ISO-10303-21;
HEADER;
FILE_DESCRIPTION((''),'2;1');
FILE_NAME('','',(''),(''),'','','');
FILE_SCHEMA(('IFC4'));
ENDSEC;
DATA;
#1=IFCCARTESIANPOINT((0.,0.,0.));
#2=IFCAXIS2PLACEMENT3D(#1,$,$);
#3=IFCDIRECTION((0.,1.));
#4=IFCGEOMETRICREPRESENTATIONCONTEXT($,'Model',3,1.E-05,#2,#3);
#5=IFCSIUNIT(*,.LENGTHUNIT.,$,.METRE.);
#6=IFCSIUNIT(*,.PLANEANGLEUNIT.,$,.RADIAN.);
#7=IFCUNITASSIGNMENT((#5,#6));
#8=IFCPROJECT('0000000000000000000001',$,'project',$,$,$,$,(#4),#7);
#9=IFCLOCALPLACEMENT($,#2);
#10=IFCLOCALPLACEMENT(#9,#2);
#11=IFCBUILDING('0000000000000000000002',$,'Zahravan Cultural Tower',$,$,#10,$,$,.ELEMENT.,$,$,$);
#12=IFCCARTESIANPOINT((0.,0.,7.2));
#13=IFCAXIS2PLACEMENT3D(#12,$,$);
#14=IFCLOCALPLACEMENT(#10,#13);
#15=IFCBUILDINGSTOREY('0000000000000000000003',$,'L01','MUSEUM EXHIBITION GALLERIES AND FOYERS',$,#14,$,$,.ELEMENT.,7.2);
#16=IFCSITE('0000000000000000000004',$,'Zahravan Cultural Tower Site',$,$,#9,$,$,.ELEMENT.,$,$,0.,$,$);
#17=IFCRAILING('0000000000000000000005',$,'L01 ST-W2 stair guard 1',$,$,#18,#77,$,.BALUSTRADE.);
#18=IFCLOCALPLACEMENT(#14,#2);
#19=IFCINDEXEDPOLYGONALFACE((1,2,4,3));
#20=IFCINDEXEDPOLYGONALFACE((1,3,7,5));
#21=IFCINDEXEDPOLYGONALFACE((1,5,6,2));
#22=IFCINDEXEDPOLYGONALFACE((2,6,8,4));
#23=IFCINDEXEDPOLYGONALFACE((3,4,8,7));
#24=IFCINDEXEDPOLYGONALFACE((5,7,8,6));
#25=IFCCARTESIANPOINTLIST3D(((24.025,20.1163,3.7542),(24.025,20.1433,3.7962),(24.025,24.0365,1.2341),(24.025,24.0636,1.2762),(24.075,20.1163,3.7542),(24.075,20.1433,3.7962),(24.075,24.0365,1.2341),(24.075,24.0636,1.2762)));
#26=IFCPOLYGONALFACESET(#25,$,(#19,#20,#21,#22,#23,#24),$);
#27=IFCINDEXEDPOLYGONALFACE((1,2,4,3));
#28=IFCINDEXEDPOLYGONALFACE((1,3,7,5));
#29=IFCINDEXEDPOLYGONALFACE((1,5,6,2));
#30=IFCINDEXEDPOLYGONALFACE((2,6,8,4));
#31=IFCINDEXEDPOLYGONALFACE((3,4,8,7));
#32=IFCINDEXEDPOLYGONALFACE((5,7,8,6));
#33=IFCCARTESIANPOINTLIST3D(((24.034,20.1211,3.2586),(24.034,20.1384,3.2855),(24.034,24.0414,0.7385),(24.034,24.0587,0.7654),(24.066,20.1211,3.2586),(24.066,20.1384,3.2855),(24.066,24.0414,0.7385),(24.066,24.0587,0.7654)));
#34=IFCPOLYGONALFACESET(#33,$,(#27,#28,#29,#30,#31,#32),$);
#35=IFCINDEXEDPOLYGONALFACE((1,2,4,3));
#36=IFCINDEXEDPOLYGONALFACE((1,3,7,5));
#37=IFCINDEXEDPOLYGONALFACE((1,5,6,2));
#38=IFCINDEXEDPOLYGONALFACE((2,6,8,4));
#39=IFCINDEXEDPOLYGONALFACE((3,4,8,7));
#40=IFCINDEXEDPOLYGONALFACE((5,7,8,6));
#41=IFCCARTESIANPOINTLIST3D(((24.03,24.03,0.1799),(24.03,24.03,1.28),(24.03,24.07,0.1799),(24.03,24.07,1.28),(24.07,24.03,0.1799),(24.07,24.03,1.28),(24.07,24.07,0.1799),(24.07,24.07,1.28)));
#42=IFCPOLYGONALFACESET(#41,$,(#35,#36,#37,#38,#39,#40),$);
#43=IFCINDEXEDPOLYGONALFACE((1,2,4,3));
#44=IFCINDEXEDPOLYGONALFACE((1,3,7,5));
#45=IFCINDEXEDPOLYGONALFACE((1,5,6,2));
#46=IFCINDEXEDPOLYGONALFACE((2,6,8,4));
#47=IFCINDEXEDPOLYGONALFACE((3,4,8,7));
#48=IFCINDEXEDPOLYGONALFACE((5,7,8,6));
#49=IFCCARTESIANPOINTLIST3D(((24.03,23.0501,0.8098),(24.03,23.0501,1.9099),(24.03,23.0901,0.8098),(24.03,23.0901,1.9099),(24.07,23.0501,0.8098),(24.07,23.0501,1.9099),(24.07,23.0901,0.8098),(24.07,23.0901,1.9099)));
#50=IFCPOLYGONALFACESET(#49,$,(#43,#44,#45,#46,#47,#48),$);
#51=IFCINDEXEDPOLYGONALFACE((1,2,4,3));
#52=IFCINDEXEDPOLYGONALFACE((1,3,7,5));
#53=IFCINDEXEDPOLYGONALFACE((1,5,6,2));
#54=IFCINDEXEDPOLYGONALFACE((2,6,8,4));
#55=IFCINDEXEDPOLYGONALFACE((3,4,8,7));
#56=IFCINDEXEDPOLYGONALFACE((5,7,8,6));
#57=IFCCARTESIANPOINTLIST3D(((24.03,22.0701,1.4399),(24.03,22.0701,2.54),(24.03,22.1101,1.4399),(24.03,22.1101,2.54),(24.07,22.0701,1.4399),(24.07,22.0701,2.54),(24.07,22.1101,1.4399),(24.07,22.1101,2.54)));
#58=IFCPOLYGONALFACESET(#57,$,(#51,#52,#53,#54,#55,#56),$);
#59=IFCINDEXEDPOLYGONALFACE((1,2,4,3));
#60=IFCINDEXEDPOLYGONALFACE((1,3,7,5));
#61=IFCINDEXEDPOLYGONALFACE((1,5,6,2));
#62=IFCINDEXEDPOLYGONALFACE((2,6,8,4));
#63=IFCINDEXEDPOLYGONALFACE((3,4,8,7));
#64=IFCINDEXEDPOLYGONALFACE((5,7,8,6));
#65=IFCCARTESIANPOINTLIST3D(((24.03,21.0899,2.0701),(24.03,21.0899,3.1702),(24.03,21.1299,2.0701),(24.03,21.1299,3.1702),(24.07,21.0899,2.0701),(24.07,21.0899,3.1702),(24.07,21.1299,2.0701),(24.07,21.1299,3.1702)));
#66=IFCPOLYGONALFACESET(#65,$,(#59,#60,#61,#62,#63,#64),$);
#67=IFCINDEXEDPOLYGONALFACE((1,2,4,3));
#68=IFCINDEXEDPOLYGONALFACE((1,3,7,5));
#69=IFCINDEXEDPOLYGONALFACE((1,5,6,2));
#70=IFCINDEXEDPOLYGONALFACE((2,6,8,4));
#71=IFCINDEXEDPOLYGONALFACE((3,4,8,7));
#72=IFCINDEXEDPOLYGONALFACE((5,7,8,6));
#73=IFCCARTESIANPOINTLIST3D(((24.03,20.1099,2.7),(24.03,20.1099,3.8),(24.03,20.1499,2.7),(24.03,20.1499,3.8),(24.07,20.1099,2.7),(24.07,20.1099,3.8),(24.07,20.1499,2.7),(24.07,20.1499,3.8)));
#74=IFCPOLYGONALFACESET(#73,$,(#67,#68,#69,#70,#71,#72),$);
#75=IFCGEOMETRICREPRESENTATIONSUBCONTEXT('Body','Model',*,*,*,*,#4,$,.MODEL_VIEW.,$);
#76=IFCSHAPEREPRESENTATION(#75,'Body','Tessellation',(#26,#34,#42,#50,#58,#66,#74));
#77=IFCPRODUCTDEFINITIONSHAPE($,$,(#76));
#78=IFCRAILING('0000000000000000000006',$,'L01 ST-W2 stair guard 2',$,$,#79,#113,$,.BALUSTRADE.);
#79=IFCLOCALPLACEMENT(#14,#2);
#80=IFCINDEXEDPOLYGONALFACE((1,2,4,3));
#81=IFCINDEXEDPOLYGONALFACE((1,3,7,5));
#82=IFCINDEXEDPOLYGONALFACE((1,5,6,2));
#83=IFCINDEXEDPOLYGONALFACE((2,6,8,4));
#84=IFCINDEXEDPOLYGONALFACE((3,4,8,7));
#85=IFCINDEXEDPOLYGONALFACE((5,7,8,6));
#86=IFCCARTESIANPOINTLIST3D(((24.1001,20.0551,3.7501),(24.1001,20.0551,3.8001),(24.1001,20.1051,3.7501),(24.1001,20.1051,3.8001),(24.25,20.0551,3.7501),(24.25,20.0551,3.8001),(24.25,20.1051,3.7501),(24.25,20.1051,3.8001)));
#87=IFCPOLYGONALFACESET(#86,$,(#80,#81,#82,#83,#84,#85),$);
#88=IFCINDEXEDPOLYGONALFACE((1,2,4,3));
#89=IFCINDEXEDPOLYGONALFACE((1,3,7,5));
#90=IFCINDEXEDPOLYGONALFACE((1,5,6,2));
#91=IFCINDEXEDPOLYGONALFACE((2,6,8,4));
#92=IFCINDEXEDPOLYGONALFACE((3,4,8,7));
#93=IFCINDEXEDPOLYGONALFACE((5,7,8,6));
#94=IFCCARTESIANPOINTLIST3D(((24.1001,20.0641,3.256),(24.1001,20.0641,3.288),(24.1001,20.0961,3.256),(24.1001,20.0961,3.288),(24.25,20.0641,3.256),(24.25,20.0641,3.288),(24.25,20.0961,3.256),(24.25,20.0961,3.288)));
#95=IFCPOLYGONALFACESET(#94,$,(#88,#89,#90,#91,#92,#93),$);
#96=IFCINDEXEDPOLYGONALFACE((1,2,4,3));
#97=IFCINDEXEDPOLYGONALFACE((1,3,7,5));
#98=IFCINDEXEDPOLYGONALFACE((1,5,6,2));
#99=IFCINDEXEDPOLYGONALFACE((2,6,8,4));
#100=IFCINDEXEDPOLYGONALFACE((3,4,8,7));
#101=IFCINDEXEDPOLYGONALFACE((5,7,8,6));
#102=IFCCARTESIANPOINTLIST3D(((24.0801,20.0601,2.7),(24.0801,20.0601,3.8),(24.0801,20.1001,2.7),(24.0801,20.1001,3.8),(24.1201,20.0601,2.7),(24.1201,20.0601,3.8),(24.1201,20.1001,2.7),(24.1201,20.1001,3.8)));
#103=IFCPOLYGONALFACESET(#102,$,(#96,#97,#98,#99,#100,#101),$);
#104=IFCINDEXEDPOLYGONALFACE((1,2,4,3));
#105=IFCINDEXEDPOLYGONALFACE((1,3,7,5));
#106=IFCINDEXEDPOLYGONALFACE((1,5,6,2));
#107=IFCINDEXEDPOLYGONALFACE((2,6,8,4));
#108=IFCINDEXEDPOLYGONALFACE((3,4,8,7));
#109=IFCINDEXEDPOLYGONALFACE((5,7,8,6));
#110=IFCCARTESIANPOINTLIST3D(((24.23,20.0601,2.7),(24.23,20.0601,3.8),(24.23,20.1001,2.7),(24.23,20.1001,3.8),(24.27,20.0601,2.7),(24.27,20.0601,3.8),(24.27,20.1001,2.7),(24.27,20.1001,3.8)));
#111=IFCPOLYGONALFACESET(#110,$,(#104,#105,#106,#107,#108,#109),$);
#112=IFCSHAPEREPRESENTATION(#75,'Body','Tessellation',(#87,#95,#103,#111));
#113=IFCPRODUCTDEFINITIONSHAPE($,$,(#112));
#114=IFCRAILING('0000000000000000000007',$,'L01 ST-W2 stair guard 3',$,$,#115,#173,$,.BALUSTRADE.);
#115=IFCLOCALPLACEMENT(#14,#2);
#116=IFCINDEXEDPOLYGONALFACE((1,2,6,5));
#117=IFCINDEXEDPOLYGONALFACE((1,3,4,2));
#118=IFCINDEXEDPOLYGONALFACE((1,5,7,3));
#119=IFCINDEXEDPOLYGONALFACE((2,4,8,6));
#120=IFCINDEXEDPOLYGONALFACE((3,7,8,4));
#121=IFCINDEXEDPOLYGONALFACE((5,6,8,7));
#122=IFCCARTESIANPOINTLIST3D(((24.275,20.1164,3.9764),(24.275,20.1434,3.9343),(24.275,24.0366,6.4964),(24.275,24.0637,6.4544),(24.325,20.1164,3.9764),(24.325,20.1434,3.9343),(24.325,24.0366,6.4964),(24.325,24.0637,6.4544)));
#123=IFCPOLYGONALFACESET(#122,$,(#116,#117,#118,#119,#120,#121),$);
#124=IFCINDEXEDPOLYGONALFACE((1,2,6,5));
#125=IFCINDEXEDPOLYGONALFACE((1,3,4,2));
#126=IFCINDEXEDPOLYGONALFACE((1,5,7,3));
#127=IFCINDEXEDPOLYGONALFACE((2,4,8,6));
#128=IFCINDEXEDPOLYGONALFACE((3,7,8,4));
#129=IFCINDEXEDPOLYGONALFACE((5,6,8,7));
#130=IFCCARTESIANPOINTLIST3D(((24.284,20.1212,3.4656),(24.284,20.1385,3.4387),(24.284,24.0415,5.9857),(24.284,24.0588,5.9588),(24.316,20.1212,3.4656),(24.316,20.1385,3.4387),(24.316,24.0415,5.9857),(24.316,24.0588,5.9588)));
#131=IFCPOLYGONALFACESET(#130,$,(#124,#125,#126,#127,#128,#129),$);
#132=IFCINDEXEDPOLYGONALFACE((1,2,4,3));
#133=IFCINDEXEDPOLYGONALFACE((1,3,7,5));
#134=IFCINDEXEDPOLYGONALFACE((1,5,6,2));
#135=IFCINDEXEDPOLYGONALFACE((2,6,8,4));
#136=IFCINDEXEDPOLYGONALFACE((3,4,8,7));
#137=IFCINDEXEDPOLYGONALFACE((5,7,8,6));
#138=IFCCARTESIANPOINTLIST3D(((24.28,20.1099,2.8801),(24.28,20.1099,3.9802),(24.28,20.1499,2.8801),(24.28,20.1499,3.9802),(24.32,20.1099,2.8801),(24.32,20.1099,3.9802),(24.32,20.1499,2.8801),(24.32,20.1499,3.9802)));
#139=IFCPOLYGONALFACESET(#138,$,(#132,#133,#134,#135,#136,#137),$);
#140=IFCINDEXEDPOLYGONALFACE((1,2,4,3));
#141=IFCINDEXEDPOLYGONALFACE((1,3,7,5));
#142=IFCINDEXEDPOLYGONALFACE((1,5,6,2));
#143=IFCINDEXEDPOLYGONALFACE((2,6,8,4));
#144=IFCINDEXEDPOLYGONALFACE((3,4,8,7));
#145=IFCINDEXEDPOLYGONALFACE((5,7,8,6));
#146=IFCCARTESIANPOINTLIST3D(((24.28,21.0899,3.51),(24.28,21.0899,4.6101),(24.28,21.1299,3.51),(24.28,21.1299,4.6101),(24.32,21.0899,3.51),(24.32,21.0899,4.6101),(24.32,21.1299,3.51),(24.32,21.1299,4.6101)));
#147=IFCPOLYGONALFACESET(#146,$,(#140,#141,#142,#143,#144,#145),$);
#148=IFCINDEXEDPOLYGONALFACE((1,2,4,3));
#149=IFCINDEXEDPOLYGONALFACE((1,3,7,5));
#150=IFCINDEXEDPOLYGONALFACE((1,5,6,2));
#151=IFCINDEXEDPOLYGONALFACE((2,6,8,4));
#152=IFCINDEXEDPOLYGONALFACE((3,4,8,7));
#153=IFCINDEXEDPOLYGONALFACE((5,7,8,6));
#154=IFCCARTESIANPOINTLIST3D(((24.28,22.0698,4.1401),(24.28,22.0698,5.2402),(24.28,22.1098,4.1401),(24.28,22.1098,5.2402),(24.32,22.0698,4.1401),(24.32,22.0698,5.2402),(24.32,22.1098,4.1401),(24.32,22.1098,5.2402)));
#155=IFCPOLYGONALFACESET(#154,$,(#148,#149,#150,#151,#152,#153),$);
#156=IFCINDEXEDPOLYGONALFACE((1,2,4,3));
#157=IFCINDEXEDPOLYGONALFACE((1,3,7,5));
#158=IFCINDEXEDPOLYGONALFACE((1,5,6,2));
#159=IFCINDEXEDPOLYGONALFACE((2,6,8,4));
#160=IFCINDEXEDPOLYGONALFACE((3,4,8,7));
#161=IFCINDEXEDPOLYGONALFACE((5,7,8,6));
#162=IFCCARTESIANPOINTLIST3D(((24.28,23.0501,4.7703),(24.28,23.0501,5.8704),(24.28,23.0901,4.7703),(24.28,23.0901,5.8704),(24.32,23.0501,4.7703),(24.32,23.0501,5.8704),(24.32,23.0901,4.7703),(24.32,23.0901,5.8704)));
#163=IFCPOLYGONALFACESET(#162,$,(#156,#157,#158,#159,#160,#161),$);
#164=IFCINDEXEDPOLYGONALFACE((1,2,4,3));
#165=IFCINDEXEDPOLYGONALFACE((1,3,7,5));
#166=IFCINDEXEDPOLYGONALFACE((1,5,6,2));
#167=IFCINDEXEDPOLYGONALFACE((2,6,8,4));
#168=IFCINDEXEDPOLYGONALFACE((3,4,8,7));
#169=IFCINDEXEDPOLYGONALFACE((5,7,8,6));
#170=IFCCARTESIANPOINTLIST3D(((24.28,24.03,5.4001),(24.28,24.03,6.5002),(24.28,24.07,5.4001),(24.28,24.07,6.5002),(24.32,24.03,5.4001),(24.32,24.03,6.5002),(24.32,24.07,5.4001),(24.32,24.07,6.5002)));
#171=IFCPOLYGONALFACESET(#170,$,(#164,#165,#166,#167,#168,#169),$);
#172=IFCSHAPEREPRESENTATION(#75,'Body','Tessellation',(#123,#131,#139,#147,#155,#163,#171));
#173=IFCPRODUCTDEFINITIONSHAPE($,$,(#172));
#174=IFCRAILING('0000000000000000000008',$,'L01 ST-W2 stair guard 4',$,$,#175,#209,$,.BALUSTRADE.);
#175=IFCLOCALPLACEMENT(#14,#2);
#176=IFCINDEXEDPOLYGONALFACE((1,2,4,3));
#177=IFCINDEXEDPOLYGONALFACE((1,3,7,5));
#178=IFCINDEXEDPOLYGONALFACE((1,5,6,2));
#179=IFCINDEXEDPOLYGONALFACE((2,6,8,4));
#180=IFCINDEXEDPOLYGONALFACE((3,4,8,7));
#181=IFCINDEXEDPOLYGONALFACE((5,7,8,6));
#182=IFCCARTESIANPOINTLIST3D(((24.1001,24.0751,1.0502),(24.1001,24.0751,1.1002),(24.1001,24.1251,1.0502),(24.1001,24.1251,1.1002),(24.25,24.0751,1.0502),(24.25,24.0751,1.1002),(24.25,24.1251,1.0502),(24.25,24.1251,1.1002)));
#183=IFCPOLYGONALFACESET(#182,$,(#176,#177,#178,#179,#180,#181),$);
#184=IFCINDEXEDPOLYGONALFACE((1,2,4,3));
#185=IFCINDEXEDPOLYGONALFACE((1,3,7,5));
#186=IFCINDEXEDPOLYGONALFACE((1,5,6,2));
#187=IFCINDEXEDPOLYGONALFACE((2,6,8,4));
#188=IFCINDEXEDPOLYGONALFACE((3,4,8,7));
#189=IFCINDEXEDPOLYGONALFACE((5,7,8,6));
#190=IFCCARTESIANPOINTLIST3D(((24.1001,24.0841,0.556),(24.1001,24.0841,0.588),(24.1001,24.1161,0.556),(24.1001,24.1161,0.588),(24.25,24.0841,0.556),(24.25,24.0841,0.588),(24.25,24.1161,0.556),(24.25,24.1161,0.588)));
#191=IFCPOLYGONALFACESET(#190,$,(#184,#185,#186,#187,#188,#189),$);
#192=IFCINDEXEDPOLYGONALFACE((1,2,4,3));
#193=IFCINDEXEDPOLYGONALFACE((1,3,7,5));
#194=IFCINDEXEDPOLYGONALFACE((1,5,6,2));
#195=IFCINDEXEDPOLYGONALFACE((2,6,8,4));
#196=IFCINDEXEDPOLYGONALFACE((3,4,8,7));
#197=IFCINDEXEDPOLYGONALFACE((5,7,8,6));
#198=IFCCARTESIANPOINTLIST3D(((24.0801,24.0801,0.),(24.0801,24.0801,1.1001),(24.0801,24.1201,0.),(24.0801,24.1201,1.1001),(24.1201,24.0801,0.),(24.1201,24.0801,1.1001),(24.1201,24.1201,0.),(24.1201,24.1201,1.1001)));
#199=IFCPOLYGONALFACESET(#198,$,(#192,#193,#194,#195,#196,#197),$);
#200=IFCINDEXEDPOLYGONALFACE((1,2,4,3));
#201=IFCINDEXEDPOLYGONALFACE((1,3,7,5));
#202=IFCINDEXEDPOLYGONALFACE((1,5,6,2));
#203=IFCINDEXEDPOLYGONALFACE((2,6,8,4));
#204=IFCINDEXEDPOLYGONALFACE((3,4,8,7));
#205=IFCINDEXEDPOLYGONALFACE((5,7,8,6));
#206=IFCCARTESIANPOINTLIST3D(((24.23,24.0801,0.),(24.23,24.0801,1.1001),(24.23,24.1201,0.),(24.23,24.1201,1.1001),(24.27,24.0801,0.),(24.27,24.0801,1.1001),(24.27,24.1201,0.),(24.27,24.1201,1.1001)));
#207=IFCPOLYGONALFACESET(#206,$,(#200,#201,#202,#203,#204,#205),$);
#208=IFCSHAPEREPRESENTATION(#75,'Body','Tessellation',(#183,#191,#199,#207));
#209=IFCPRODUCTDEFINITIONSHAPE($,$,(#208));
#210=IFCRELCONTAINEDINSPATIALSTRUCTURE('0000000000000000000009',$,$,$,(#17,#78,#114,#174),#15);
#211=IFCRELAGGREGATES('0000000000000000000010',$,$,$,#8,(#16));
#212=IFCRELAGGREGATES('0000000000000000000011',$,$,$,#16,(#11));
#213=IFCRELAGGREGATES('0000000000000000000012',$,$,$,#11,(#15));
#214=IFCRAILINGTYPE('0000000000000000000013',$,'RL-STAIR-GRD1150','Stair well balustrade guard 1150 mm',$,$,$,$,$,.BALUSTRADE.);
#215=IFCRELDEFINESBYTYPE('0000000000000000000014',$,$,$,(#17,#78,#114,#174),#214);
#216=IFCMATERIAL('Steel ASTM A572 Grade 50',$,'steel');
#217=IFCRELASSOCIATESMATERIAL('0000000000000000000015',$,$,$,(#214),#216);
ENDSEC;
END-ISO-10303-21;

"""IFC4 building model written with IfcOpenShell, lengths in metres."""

from ifc_helpers import new_model, si_unit, direction, frame, origin, origin_2d, place, context, subcontext, project, spatial, rectangle, extrude, material, type_object, element, save


model = new_model("IFC4")

# Units and contexts
model_context = context("Model", 3, precision=1e-05, world=origin(), true_north=direction((0.0, 1.0)))
body_context = subcontext(model_context, "Body", "Model", "MODEL_VIEW")
ifc_project = project(units=[si_unit("LENGTHUNIT", "METRE"), si_unit("PLANEANGLEUNIT", "RADIAN")], contexts=[model_context])

# Site, building, storey
site_placement = place(None, origin())
site = spatial("IfcSite", under=ifc_project, at=site_placement, Name="Zahravan Cultural Tower Site", CompositionType="ELEMENT", RefElevation=0.0)
building_placement = place(site_placement, origin())
building = spatial("IfcBuilding", under=site, at=building_placement, Name="Zahravan Cultural Tower", CompositionType="ELEMENT")
storey_placement = place(building_placement, frame((0.0, 0.0, 7.2)))
storey = spatial("IfcBuildingStorey", under=building, at=storey_placement, Name="L01", Description="MUSEUM EXHIBITION GALLERIES AND FOYERS", CompositionType="ELEMENT", Elevation=7.2)

# Shared definitions
ifc_material_1 = material(Name="Steel ASTM A572 Grade 50", Category="steel")

# Railings
railing_type_1 = type_object("IfcRailingType", Name="RL-STAIR-GRD1150", Description="Stair well balustrade guard 1150 mm", PredefinedType="BALUSTRADE", material=ifc_material_1)
railing_1_placement = place(storey_placement, frame((24.05, 24.05, 0.1799)))
element("IfcRailing", 1, at=railing_1_placement, inside=storey, type_object=railing_type_1, Name="L01 ST-W2 stair guard 1", PredefinedType="BALUSTRADE", context=body_context, shape_type="SweptSolid", body=[
    extrude(rectangle(XDim=0.05, YDim=0.05, at=origin_2d()), frame((0.0, 0.0, 1.0752), z_axis=(0.0, -0.841187, 0.540744), x_axis=(1.0, 0.0, 0.0)), (0.0, 0.0, 1.0), 4.6604),
    extrude(rectangle(XDim=0.032, YDim=0.032, at=origin_2d()), frame((0.0, 0.0, 0.572), z_axis=(0.0, -0.841187, 0.540744), x_axis=(1.0, 0.0, 0.0)), (0.0, 0.0, 1.0), 4.6604),
    extrude(rectangle(XDim=0.04, YDim=0.04, at=origin_2d()), origin(), (0.0, 0.0, 1.0), 1.1001),
    extrude(rectangle(XDim=0.04, YDim=0.04, at=origin_2d()), frame((0.0, -0.98, 0.6299)), (0.0, 0.0, 1.0), 1.1001),
    extrude(rectangle(XDim=0.04, YDim=0.04, at=origin_2d()), frame((0.0, -1.96, 1.26)), (0.0, 0.0, 1.0), 1.1001),
    extrude(rectangle(XDim=0.04, YDim=0.04, at=origin_2d()), frame((0.0, -2.9402, 1.8901)), (0.0, 0.0, 1.0), 1.1001),
    extrude(rectangle(XDim=0.04, YDim=0.04, at=origin_2d()), frame((0.0, -3.9202, 2.52)), (0.0, 0.0, 1.0), 1.1001),
])
railing_2_placement = place(storey_placement, frame((24.1001, 20.0801, 2.7)))
element("IfcRailing", 2, at=railing_2_placement, inside=storey, type_object=railing_type_1, Name="L01 ST-W2 stair guard 2", PredefinedType="BALUSTRADE", context=body_context, shape_type="SweptSolid", body=[
    extrude(rectangle(XDim=0.05, YDim=0.05, at=origin_2d()), frame((0.0, 0.0, 1.0752), z_axis=(1.0, 0.0, 0.0), x_axis=(0.0, 1.0, 0.0)), (0.0, 0.0, 1.0), 0.1499),
    extrude(rectangle(XDim=0.032, YDim=0.032, at=origin_2d()), frame((0.0, 0.0, 0.572), z_axis=(1.0, 0.0, 0.0), x_axis=(0.0, 1.0, 0.0)), (0.0, 0.0, 1.0), 0.1499),
    extrude(rectangle(XDim=0.04, YDim=0.04, at=origin_2d()), origin(), (0.0, 0.0, 1.0), 1.1001),
    extrude(rectangle(XDim=0.04, YDim=0.04, at=origin_2d()), frame((0.1499, 0.0, 0.0)), (0.0, 0.0, 1.0), 1.1001),
])
railing_3_placement = place(storey_placement, frame((24.3, 20.1299, 2.8801)))
element("IfcRailing", 3, at=railing_3_placement, inside=storey, type_object=railing_type_1, Name="L01 ST-W2 stair guard 3", PredefinedType="BALUSTRADE", context=body_context, shape_type="SweptSolid", body=[
    extrude(rectangle(XDim=0.05, YDim=0.05, at=origin_2d()), frame((0.0, 0.0, 1.0752), z_axis=(0.0, 0.841187, 0.540744), x_axis=(-1.0, 0.0, 0.0)), (0.0, 0.0, 1.0), 4.6604),
    extrude(rectangle(XDim=0.032, YDim=0.032, at=origin_2d()), frame((0.0, 0.0, 0.572), z_axis=(0.0, 0.841187, 0.540744), x_axis=(-1.0, 0.0, 0.0)), (0.0, 0.0, 1.0), 4.6604),
    extrude(rectangle(XDim=0.04, YDim=0.04, at=origin_2d()), origin(), (0.0, 0.0, 1.0), 1.1001),
    extrude(rectangle(XDim=0.04, YDim=0.04, at=origin_2d()), frame((0.0, 0.98, 0.6299)), (0.0, 0.0, 1.0), 1.1001),
    extrude(rectangle(XDim=0.04, YDim=0.04, at=origin_2d()), frame((0.0, 1.96, 1.26)), (0.0, 0.0, 1.0), 1.1001),
    extrude(rectangle(XDim=0.04, YDim=0.04, at=origin_2d()), frame((0.0, 2.9402, 1.8901)), (0.0, 0.0, 1.0), 1.1001),
    extrude(rectangle(XDim=0.04, YDim=0.04, at=origin_2d()), frame((0.0, 3.9202, 2.52)), (0.0, 0.0, 1.0), 1.1001),
])
railing_4_placement = place(storey_placement, frame((24.1001, 24.1001, 0.0)))
element("IfcRailing", 4, at=railing_4_placement, inside=storey, type_object=railing_type_1, Name="L01 ST-W2 stair guard 4", PredefinedType="BALUSTRADE", context=body_context, shape_type="SweptSolid", body=[
    extrude(rectangle(XDim=0.05, YDim=0.05, at=origin_2d()), frame((0.0, 0.0, 1.0752), z_axis=(1.0, 0.0, 0.0), x_axis=(0.0, 1.0, 0.0)), (0.0, 0.0, 1.0), 0.1499),
    extrude(rectangle(XDim=0.032, YDim=0.032, at=origin_2d()), frame((0.0, 0.0, 0.572), z_axis=(1.0, 0.0, 0.0), x_axis=(0.0, 1.0, 0.0)), (0.0, 0.0, 1.0), 0.1499),
    extrude(rectangle(XDim=0.04, YDim=0.04, at=origin_2d()), origin(), (0.0, 0.0, 1.0), 1.1001),
    extrude(rectangle(XDim=0.04, YDim=0.04, at=origin_2d()), frame((0.1499, 0.0, 0.0)), (0.0, 0.0, 1.0), 1.1001),
])

save(model, "model.ifc")
